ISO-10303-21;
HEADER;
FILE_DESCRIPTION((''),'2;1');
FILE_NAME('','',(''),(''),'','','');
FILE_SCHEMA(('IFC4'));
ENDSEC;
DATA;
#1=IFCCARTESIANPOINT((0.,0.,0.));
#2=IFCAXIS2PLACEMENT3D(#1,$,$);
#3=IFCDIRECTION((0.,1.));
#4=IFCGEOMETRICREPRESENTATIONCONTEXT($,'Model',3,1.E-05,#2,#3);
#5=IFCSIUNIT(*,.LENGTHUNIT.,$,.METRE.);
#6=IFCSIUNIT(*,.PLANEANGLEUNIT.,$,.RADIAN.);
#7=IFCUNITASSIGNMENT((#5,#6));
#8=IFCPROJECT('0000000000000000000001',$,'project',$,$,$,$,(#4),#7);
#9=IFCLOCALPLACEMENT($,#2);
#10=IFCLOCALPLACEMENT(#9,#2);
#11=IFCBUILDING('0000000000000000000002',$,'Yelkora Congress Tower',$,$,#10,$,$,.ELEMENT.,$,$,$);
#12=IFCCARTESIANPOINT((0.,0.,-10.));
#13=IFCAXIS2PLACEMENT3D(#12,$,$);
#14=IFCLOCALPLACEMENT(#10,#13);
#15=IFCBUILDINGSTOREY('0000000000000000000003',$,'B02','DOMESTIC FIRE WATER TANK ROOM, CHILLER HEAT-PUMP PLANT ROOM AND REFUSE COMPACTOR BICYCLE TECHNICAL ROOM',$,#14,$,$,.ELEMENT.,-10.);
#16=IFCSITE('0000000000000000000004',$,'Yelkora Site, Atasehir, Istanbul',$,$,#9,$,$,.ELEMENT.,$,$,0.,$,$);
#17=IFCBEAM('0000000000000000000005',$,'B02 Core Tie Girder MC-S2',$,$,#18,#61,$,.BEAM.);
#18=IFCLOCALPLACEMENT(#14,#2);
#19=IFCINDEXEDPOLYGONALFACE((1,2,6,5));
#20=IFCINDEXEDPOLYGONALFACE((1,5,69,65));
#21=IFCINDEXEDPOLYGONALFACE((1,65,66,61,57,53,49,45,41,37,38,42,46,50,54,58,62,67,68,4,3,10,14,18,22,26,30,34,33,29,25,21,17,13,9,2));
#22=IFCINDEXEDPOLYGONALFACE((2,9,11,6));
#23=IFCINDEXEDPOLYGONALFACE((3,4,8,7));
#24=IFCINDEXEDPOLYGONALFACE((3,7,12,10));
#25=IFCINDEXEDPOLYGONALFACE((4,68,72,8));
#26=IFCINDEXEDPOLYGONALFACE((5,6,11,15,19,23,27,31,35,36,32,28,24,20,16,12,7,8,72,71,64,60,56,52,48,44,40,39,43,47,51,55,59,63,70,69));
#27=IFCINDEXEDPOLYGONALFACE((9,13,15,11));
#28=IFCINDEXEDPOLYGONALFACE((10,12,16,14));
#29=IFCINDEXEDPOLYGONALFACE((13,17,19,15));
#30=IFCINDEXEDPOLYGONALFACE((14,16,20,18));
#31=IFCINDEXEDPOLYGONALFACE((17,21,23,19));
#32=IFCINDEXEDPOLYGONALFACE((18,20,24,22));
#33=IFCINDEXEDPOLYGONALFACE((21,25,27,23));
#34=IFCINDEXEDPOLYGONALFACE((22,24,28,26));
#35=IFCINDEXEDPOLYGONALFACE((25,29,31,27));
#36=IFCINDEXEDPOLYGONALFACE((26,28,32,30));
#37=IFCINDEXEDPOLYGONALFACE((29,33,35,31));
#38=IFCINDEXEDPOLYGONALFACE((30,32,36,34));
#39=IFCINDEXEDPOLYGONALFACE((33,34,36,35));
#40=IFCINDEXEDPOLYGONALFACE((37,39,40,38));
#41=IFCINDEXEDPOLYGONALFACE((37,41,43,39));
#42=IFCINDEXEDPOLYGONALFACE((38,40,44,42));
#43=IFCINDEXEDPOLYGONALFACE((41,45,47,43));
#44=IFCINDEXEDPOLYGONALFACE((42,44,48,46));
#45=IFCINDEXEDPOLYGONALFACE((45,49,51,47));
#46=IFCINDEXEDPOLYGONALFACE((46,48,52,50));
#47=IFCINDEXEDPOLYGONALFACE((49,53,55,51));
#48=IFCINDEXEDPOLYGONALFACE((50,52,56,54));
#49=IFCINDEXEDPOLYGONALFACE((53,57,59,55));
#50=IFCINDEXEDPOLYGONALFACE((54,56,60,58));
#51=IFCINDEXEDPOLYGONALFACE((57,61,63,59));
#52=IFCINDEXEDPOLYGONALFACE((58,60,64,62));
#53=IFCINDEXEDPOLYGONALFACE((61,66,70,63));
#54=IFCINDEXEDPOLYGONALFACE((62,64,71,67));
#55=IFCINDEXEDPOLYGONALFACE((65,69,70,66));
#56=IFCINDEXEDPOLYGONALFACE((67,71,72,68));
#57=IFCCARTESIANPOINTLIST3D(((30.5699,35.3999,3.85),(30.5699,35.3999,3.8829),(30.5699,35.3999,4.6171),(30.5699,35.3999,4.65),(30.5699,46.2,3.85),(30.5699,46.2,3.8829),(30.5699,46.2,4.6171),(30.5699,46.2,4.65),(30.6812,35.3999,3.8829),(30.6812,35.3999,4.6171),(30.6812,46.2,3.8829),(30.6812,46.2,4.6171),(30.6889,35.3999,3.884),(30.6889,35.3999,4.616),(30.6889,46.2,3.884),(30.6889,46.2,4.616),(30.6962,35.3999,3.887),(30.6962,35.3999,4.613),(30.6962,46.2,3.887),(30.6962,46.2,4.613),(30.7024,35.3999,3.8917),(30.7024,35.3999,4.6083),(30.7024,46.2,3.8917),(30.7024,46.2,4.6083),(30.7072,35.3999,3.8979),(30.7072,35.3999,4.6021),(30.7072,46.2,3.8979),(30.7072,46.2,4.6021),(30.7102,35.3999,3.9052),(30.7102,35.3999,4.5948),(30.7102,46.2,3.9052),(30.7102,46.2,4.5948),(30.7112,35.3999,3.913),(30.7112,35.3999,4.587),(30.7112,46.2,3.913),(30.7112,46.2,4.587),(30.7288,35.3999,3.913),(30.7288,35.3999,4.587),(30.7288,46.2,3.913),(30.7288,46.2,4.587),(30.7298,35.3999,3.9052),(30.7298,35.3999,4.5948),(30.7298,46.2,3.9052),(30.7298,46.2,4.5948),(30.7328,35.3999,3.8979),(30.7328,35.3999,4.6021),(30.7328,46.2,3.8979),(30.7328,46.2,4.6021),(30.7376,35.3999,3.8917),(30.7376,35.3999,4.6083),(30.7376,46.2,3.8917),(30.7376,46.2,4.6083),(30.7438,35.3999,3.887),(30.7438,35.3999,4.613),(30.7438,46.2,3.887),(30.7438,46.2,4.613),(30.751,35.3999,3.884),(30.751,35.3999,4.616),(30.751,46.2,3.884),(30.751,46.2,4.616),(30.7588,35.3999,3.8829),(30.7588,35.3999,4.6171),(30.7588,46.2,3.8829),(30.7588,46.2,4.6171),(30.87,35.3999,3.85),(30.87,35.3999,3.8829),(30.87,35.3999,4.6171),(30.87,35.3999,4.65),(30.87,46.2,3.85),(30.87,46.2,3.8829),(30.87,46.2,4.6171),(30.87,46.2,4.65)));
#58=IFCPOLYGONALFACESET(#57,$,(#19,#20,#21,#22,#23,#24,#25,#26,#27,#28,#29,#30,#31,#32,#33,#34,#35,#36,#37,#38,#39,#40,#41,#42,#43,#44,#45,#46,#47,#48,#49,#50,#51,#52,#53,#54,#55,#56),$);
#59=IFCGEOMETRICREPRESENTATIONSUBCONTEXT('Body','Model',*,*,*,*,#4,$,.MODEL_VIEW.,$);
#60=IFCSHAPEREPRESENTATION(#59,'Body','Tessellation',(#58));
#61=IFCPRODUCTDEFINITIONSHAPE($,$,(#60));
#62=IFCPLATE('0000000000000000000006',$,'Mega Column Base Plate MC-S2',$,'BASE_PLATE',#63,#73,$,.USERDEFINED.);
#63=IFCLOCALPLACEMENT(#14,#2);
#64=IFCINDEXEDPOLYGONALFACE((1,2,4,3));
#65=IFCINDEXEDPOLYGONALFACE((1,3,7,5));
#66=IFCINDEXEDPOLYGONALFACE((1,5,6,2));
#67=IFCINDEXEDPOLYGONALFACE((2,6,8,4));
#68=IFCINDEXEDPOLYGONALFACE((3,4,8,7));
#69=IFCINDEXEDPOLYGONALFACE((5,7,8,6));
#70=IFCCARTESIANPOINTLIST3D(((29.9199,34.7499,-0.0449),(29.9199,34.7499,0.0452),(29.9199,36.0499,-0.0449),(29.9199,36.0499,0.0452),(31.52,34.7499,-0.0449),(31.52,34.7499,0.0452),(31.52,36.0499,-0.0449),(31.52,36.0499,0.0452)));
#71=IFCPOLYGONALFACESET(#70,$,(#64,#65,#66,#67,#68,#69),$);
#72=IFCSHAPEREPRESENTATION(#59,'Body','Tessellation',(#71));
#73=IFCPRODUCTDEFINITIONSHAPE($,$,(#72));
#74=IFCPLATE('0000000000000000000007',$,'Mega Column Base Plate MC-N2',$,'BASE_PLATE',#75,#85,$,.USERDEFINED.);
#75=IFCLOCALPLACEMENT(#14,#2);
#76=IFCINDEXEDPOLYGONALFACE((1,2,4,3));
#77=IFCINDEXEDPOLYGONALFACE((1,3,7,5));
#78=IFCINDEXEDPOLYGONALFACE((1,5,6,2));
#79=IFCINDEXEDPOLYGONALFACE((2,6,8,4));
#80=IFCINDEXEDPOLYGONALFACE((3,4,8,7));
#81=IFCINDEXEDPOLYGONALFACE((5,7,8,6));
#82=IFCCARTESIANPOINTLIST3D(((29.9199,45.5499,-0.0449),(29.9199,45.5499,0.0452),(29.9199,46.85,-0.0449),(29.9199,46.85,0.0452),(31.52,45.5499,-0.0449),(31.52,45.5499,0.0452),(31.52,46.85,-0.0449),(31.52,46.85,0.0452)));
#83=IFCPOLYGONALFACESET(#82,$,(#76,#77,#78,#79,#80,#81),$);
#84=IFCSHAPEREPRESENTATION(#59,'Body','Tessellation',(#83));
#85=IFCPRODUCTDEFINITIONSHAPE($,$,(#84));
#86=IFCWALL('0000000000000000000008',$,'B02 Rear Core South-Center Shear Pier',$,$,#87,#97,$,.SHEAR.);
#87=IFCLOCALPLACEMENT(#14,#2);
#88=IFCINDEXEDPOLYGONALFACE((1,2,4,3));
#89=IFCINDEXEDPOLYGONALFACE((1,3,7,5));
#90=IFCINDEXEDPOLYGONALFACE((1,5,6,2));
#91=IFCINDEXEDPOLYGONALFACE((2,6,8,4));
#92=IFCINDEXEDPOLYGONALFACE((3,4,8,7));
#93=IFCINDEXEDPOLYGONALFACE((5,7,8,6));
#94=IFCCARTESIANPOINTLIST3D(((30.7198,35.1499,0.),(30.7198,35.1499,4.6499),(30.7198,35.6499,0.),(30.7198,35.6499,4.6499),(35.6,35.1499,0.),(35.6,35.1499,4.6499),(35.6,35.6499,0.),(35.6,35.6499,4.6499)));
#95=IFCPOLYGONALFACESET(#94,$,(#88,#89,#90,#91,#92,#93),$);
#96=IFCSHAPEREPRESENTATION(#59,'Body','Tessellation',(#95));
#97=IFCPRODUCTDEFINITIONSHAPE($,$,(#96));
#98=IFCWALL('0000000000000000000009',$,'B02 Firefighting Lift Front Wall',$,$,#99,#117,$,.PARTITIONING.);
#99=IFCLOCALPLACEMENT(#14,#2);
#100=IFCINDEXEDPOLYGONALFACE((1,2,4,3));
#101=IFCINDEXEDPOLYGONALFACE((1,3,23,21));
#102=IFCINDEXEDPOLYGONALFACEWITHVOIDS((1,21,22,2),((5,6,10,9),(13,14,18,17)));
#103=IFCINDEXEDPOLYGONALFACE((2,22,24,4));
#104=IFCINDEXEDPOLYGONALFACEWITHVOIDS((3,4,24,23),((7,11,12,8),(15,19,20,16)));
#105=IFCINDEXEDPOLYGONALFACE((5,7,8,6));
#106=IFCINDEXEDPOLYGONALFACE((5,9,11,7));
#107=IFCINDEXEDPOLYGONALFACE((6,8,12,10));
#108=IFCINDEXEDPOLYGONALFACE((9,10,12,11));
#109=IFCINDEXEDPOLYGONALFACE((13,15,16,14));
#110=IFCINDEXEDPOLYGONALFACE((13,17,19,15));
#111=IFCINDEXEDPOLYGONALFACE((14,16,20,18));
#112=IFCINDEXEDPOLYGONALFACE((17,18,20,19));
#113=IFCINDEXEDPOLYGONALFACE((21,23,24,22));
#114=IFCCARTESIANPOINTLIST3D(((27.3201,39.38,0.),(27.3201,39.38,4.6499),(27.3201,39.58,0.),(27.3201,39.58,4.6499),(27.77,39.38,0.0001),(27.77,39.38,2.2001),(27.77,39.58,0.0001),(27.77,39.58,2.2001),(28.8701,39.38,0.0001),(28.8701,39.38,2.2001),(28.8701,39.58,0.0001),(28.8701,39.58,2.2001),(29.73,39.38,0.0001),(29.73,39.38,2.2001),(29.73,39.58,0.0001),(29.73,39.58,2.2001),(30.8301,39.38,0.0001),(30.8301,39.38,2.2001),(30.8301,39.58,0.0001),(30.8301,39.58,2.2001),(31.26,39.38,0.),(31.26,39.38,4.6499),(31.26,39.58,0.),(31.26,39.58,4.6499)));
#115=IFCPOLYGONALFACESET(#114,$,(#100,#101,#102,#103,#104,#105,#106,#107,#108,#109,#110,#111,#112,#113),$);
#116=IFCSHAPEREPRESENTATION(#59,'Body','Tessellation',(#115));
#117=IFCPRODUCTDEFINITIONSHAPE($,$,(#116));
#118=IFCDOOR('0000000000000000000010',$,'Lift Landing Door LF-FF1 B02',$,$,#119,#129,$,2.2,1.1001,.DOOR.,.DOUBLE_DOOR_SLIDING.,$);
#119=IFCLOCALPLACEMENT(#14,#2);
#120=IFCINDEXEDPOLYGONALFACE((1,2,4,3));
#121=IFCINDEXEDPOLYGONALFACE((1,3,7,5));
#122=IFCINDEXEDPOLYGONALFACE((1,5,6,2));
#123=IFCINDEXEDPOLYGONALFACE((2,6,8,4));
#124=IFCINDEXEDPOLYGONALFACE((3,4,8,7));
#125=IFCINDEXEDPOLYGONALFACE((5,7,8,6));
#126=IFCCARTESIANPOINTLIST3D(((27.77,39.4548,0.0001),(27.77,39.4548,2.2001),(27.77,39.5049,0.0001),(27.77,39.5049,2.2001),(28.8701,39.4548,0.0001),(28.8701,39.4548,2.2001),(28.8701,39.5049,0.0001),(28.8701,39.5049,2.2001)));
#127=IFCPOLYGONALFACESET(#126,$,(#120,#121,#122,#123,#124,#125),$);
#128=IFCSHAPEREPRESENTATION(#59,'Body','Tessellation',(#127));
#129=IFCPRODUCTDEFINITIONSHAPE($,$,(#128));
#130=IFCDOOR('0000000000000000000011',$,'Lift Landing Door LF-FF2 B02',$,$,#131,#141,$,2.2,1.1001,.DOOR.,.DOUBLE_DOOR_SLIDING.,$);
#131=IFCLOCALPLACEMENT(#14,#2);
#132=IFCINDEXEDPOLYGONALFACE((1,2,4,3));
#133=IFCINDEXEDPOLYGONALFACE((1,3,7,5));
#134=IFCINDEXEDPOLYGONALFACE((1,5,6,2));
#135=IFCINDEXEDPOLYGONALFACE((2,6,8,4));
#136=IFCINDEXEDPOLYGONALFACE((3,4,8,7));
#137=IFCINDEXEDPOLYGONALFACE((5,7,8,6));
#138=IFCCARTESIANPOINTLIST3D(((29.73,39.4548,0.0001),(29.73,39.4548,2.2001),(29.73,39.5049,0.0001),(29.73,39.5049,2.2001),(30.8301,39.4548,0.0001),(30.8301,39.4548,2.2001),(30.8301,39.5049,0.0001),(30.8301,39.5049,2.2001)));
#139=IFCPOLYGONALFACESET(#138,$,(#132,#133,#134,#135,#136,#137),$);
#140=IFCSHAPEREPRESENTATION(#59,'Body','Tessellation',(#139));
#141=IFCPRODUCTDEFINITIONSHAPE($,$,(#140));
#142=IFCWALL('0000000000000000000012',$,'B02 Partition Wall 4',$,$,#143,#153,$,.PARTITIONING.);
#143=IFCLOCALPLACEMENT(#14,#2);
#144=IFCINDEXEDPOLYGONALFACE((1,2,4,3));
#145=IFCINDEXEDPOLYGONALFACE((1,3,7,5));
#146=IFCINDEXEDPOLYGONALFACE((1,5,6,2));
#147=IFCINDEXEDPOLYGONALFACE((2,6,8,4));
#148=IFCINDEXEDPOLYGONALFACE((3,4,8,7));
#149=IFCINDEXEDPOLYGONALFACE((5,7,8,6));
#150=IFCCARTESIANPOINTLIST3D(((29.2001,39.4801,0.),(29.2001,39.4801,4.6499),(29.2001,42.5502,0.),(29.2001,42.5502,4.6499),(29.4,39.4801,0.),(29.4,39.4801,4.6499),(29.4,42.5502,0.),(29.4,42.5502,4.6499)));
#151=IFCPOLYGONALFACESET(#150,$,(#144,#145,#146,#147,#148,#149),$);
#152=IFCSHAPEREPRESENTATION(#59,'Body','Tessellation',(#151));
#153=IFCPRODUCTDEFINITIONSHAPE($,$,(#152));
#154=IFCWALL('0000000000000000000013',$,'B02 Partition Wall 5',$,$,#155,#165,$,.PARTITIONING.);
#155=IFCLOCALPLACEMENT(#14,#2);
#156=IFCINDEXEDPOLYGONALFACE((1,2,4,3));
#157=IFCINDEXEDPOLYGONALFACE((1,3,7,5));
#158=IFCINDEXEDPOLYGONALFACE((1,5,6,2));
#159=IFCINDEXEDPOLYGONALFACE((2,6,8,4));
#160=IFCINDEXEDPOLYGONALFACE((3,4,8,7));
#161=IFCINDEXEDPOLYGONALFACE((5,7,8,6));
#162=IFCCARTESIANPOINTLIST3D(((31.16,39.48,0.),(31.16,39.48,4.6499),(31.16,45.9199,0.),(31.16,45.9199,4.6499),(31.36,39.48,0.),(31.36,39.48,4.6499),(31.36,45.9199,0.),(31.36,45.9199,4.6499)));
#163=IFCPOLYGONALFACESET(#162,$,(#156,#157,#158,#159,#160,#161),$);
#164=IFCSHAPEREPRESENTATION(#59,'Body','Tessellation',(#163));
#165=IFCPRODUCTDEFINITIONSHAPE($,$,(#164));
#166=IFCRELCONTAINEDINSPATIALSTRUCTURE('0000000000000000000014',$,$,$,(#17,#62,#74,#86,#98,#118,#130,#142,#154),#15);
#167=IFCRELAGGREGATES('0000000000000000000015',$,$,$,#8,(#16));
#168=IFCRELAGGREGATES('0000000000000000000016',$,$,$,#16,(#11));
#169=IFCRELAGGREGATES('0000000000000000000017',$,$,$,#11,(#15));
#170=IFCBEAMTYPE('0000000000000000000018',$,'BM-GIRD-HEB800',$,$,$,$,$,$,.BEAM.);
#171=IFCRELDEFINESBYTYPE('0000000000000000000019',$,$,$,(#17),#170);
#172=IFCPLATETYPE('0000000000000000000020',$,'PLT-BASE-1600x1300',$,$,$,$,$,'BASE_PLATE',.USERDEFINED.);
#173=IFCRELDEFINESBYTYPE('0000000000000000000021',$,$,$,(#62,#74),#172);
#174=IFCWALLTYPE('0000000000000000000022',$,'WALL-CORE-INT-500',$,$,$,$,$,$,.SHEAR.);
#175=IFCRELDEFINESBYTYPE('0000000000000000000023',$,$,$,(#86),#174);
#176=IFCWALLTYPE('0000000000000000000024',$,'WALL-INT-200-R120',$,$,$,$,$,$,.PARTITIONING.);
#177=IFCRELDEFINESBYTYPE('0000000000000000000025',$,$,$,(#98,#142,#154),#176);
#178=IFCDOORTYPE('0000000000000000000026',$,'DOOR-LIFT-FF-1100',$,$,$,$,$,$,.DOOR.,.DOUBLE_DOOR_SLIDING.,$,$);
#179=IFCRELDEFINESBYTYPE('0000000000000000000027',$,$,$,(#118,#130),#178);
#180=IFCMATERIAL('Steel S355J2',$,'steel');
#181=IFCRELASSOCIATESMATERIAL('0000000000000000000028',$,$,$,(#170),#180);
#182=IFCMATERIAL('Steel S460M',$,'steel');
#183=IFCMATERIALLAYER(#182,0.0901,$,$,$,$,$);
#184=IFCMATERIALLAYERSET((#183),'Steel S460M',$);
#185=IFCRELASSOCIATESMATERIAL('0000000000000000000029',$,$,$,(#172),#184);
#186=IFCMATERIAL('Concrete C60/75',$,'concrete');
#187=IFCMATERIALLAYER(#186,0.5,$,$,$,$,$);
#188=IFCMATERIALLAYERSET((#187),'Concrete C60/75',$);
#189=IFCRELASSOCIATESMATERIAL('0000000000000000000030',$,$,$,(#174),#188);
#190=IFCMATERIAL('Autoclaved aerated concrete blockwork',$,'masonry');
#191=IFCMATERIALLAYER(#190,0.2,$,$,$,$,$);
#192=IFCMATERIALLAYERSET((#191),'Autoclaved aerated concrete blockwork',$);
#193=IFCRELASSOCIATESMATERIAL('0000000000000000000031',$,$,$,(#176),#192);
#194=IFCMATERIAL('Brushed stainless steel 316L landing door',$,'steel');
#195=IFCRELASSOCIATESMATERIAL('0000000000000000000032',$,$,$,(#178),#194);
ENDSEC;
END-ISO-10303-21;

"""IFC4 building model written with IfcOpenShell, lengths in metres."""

from ifc_helpers import new_model, si_unit, direction, frame, frame_2d, origin, origin_2d, place, context, subcontext, project, spatial, rectangle, i_section, extrude, material, layer, layer_set, material_profile, profile_set, type_object, element, fill, save


model = new_model("IFC4")

# Units and contexts
model_context = context("Model", 3, precision=1e-05, world=origin(), true_north=direction((0.0, 1.0)))
body_context = subcontext(model_context, "Body", "Model", "MODEL_VIEW")
ifc_project = project(units=[si_unit("LENGTHUNIT", "METRE"), si_unit("PLANEANGLEUNIT", "RADIAN")], contexts=[model_context])

# Site, building, storey
site_placement = place(None, origin())
site = spatial("IfcSite", under=ifc_project, at=site_placement, Name="Yelkora Site, Atasehir, Istanbul", CompositionType="ELEMENT", RefElevation=0.0)
building_placement = place(site_placement, origin())
building = spatial("IfcBuilding", under=site, at=building_placement, Name="Yelkora Congress Tower", CompositionType="ELEMENT")
storey_placement = place(building_placement, frame((0.0, 0.0, -10.0)))
storey = spatial("IfcBuildingStorey", under=building, at=storey_placement, Name="B02", Description="DOMESTIC FIRE WATER TANK ROOM, CHILLER HEAT-PUMP PLANT ROOM AND REFUSE COMPACTOR BICYCLE TECHNICAL ROOM", CompositionType="ELEMENT", Elevation=-10.0)

# Shared definitions
ifc_material_1 = material(Name="Concrete C60/75", Category="concrete")

# Beam
ifc_material_2 = material(Name="Steel S355J2", Category="steel")
ifc_material_profile_1 = material_profile(ifc_material_2, i_section(OverallWidth=0.3, OverallDepth=0.8, WebThickness=0.0176, FlangeThickness=0.033, FilletRadius=0.03, at=origin_2d()), Name="HEB 800")
ifc_profile_set_1 = profile_set([ifc_material_profile_1], Name="Steel S355J2")
beam_type = type_object("IfcBeamType", Name="BM-GIRD-HEB800", PredefinedType="BEAM", material=ifc_profile_set_1)
beam_placement = place(storey_placement, frame((30.72, 35.3999, 4.25), z_axis=(0.0, 1.0, 0.0), x_axis=(-1.0, 0.0, 0.0)))
element("IfcBeam", 1, at=beam_placement, inside=storey, type_object=beam_type, Name="B02 Core Tie Girder MC-S2", PredefinedType="BEAM", context=body_context, shape_type="SweptSolid", body=[
    extrude(i_section(OverallWidth=0.3, OverallDepth=0.8, WebThickness=0.0176, FlangeThickness=0.033, FilletRadius=0.03, at=origin_2d()), origin(), (0.0, 0.0, 1.0), 10.8),
])

# Plates
ifc_material_3 = material(Name="Steel S460M", Category="steel")
ifc_layer_1 = layer(ifc_material_3, 0.0901)
ifc_layer_set_1 = layer_set([ifc_layer_1], Name="Steel S460M")
plate_type = type_object("IfcPlateType", Name="PLT-BASE-1600x1300", ElementType="BASE_PLATE", PredefinedType="USERDEFINED", material=ifc_layer_set_1)
for number, where, z_axis, x_axis, name in (
    (2, (30.72, 35.3999, -0.0449), (0.0, 0.0, 1.0), (1.0, 0.0, 0.0), "Mega Column Base Plate MC-S2"),
    (3, (30.72, 46.2, -0.0449), (0.0, 0.0, 1.0), (1.0, 0.0, 0.0), "Mega Column Base Plate MC-N2"),
):
    element("IfcPlate", number, at=place(storey_placement, frame(where, z_axis=z_axis, x_axis=x_axis)), inside=storey, type_object=plate_type, Name=name, ObjectType="BASE_PLATE", PredefinedType="USERDEFINED", context=body_context, shape_type="SweptSolid", body=[
        extrude(rectangle(XDim=1.6001, YDim=1.3, at=origin_2d()), origin(), (0.0, 0.0, 1.0), 0.0901),
    ])

# Wall
ifc_layer_2 = layer(ifc_material_1, 0.5)
ifc_layer_set_2 = layer_set([ifc_layer_2], Name="Concrete C60/75")
wall_type_1 = type_object("IfcWallType", Name="WALL-CORE-INT-500", PredefinedType="SHEAR", material=ifc_layer_set_2)
wall_1_placement = place(storey_placement, frame((30.72, 35.3999, 0.0), z_axis=(0.0, 0.0, 1.0), x_axis=(1.0, 0.0, 0.0)))
element("IfcWall", 4, at=wall_1_placement, inside=storey, type_object=wall_type_1, Name="B02 Rear Core South-Center Shear Pier", PredefinedType="SHEAR", context=body_context, shape_type="SweptSolid", body=[
    extrude(rectangle(XDim=4.8801, YDim=0.5, at=frame_2d((2.4399, 0.0))), origin(), (0.0, 0.0, 1.0), 4.6499),
])

# Shared definitions
ifc_material_4 = material(Name="Autoclaved aerated concrete blockwork", Category="masonry")
ifc_layer_3 = layer(ifc_material_4, 0.2)
ifc_layer_set_3 = layer_set([ifc_layer_3], Name="Autoclaved aerated concrete blockwork")
wall_type_2 = type_object("IfcWallType", Name="WALL-INT-200-R120", PredefinedType="PARTITIONING", material=ifc_layer_set_3)

# Wall, openings, doors
wall_2_placement = place(storey_placement, frame((27.3201, 39.48, 0.0), z_axis=(0.0, 0.0, 1.0), x_axis=(1.0, 0.0, 0.0)))
wall_2 = element("IfcWall", 5, at=wall_2_placement, inside=storey, type_object=wall_type_2, Name="B02 Firefighting Lift Front Wall", PredefinedType="PARTITIONING", context=body_context, shape_type="SweptSolid", body=[
    extrude(rectangle(XDim=3.9399, YDim=0.2, at=frame_2d((1.97, 0.0))), origin(), (0.0, 0.0, 1.0), 4.6499),
])
opening_1_placement = place(wall_2_placement, frame((0.45, 0.0, 0.0)))
opening_1 = element("IfcOpeningElement", 6, at=opening_1_placement, cuts=wall_2, PredefinedType="OPENING", context=body_context, shape_type="SweptSolid", body=[
    extrude(rectangle(XDim=1.1001, YDim=2.2, at=frame_2d((0.55, 1.1001))), frame((0.0, 0.1099, 0.0), z_axis=(0.0, -1.0, 0.0), x_axis=(1.0, 0.0, 0.0)), (0.0, 0.0, 1.0), 0.22),
])
opening_2_placement = place(wall_2_placement, frame((2.4099, 0.0, 0.0)))
opening_2 = element("IfcOpeningElement", 7, at=opening_2_placement, cuts=wall_2, PredefinedType="OPENING", context=body_context, shape_type="SweptSolid", body=[
    extrude(rectangle(XDim=1.1001, YDim=2.2, at=frame_2d((0.55, 1.1001))), frame((0.0, 0.1099, 0.0), z_axis=(0.0, -1.0, 0.0), x_axis=(1.0, 0.0, 0.0)), (0.0, 0.0, 1.0), 0.22),
])
ifc_material_5 = material(Name="Brushed stainless steel 316L landing door", Category="steel")
door_type_1 = type_object("IfcDoorType", Name="DOOR-LIFT-FF-1100", OperationType="DOUBLE_DOOR_SLIDING", PredefinedType="DOOR", material=ifc_material_5)
door_1_placement = place(opening_1_placement, origin())
door_1 = element("IfcDoor", 8, at=door_1_placement, inside=storey, type_object=door_type_1, Name="Lift Landing Door LF-FF1 B02", OperationType="DOUBLE_DOOR_SLIDING", OverallHeight=2.2, OverallWidth=1.1001, PredefinedType="DOOR", context=body_context, shape_type="SweptSolid", body=[
    extrude(rectangle(XDim=1.1001, YDim=2.2, at=frame_2d((0.55, 1.1001))), frame((0.0, 0.0249, 0.0), z_axis=(0.0, -1.0, 0.0), x_axis=(1.0, 0.0, 0.0)), (0.0, 0.0, 1.0), 0.05),
])
fill(opening_1, door_1)
door_2_placement = place(opening_2_placement, origin())
door_2 = element("IfcDoor", 9, at=door_2_placement, inside=storey, type_object=door_type_1, Name="Lift Landing Door LF-FF2 B02", OperationType="DOUBLE_DOOR_SLIDING", OverallHeight=2.2, OverallWidth=1.1001, PredefinedType="DOOR", context=body_context, shape_type="SweptSolid", body=[
    extrude(rectangle(XDim=1.1001, YDim=2.2, at=frame_2d((0.55, 1.1001))), frame((0.0, 0.0249, 0.0), z_axis=(0.0, -1.0, 0.0), x_axis=(1.0, 0.0, 0.0)), (0.0, 0.0, 1.0), 0.05),
])
fill(opening_2, door_2)

# Walls
wall_3_placement = place(storey_placement, frame((29.3, 39.48, 0.0), z_axis=(0.0, 0.0, 1.0), x_axis=(0.0, 1.0, 0.0)))
element("IfcWall", 10, at=wall_3_placement, inside=storey, type_object=wall_type_2, Name="B02 Partition Wall 4", PredefinedType="PARTITIONING", context=body_context, shape_type="SweptSolid", body=[
    extrude(rectangle(XDim=3.0701, YDim=0.2, at=frame_2d((1.5352, 0.0))), origin(), (0.0, 0.0, 1.0), 4.6499),
])
wall_4_placement = place(storey_placement, frame((31.26, 39.48, 0.0), z_axis=(0.0, 0.0, 1.0), x_axis=(0.0, 1.0, 0.0)))
element("IfcWall", 11, at=wall_4_placement, inside=storey, type_object=wall_type_2, Name="B02 Partition Wall 5", PredefinedType="PARTITIONING", context=body_context, shape_type="SweptSolid", body=[
    extrude(rectangle(XDim=6.4399, YDim=0.2, at=frame_2d((3.22, 0.0))), origin(), (0.0, 0.0, 1.0), 4.6499),
])

save(model, "model.ifc")
